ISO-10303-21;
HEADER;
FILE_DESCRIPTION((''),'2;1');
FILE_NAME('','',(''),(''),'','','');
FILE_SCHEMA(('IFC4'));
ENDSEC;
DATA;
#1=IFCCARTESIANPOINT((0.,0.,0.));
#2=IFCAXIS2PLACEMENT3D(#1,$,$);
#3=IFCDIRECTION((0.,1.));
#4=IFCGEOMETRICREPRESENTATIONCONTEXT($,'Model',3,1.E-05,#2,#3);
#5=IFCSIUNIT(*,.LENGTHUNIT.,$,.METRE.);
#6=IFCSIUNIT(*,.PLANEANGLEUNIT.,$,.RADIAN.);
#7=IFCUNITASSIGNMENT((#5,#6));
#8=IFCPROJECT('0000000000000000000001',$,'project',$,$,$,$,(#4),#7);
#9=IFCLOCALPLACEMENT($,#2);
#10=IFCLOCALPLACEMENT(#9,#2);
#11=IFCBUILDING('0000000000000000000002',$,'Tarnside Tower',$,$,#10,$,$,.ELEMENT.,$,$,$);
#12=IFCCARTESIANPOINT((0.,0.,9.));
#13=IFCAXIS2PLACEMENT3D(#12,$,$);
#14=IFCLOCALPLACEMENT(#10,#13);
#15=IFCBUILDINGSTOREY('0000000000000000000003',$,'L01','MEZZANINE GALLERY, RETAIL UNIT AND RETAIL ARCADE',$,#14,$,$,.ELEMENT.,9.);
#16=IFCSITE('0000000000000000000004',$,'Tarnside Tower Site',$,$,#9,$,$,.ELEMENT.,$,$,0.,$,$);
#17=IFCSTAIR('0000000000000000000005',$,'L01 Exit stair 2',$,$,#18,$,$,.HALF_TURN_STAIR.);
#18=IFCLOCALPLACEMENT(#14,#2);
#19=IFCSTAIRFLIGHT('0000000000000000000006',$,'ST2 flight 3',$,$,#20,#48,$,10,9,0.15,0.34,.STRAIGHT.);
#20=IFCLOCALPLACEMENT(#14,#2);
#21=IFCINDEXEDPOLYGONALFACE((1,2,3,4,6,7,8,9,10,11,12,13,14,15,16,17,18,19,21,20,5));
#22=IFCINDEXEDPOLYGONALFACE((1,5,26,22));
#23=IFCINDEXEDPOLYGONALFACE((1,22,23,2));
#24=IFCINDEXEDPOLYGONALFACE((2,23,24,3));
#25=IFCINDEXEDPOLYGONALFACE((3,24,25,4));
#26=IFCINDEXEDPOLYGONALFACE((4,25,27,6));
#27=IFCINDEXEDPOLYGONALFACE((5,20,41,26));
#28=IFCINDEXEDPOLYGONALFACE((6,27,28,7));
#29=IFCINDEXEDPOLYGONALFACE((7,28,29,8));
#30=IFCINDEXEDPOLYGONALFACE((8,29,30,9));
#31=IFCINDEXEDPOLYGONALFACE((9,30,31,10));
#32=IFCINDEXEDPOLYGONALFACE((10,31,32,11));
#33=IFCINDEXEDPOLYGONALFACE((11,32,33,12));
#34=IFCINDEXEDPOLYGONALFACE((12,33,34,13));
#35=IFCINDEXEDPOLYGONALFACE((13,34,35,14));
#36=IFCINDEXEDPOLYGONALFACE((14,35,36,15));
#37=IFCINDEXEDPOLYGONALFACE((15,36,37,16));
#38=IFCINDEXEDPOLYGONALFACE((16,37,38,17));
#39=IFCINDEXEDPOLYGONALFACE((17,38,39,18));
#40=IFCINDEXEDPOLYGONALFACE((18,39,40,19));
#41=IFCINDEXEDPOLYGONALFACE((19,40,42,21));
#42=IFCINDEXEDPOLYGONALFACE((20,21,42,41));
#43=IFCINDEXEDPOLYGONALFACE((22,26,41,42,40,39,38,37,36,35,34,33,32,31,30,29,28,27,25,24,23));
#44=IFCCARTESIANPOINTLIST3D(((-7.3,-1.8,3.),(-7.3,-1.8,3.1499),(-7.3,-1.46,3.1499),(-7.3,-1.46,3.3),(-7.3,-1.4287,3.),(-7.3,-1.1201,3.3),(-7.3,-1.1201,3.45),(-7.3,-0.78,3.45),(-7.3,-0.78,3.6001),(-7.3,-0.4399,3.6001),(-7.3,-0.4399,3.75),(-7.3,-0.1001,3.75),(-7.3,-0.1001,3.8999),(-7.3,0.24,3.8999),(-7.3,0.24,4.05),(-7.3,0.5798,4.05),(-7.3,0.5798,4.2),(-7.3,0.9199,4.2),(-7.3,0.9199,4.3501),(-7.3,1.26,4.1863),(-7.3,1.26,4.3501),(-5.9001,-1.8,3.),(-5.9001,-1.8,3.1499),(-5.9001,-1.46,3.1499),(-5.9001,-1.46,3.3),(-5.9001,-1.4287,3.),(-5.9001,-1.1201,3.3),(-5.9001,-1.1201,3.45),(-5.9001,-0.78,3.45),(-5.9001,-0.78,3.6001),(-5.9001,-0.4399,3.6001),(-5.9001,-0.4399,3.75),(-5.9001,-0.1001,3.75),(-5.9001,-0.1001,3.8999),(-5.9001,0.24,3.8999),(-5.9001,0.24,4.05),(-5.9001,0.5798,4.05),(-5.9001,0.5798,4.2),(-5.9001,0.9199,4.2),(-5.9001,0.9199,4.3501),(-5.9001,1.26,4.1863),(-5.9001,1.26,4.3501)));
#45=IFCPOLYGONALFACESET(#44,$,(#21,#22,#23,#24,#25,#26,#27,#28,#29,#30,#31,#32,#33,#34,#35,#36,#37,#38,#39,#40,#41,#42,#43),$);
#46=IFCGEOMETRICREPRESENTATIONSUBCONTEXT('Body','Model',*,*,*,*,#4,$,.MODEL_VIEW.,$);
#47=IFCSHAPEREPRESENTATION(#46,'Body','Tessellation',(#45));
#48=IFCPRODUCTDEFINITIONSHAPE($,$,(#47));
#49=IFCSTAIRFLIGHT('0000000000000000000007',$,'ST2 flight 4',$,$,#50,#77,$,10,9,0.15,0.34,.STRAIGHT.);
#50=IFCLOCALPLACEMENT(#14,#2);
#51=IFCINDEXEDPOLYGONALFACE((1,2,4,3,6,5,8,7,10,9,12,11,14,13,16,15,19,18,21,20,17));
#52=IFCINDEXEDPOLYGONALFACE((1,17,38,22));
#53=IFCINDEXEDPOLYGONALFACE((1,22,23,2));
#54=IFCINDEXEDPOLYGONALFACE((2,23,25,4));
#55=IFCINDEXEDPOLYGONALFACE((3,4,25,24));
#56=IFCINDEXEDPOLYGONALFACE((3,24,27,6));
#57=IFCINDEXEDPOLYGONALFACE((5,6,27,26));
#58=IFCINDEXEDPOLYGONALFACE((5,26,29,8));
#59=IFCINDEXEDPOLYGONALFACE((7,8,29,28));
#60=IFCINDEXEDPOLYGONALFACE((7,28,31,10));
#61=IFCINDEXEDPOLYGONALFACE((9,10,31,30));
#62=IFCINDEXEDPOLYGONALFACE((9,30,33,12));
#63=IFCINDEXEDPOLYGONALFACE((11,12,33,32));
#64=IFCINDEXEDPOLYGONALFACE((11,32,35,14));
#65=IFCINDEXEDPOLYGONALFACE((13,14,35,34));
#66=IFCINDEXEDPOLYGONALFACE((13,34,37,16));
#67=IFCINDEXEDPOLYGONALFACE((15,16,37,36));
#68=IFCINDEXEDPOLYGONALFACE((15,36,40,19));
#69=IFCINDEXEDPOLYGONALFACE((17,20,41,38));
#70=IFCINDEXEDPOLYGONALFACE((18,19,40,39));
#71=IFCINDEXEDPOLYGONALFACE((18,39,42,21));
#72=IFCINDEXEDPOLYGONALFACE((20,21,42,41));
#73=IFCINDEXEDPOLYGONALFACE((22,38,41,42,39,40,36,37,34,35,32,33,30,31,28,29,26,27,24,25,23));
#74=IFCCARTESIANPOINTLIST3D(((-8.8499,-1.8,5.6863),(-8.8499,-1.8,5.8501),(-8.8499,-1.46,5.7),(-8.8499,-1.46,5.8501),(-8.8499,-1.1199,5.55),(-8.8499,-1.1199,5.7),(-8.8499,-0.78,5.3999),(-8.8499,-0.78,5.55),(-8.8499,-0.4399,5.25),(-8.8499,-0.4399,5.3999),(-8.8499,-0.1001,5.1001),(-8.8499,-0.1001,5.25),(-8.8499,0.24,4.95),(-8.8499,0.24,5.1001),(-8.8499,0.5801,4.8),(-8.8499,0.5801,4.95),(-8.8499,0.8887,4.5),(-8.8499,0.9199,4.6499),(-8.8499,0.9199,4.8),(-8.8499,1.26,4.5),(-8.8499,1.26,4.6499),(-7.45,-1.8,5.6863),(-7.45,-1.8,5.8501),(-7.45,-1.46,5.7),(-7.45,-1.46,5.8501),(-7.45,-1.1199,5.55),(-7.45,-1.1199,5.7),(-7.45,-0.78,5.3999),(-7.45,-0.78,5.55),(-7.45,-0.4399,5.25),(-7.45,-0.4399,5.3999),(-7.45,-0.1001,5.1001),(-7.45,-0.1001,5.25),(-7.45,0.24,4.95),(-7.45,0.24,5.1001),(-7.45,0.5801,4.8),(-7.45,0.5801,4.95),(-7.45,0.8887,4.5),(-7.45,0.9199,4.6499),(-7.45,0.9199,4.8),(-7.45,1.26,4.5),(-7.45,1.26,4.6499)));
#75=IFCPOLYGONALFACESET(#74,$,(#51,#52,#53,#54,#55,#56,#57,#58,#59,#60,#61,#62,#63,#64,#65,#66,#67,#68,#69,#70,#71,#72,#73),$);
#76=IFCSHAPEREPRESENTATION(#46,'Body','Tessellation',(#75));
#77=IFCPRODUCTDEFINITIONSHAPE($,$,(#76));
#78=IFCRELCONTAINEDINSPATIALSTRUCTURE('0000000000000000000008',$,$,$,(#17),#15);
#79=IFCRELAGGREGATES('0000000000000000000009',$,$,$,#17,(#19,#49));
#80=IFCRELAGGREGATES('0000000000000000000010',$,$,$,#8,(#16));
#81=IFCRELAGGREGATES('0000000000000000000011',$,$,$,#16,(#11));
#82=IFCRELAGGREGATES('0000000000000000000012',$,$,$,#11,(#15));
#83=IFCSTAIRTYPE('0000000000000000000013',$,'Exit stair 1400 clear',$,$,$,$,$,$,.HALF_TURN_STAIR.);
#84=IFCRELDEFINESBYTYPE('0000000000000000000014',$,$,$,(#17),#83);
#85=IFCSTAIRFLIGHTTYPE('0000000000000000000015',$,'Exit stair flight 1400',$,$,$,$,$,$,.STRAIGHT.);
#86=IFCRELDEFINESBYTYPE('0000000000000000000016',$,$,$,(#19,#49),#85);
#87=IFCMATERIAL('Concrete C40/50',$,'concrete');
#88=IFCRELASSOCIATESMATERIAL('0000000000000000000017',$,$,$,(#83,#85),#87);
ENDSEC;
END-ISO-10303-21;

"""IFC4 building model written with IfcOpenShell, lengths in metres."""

from ifc_helpers import new_model, si_unit, direction, frame, origin, place, context, subcontext, project, spatial, polyline, outline, extrude, material, type_object, element, aggregate, save


model = new_model("IFC4")

# Units and contexts
model_context = context("Model", 3, precision=1e-05, world=origin(), true_north=direction((0.0, 1.0)))
body_context = subcontext(model_context, "Body", "Model", "MODEL_VIEW")
ifc_project = project(units=[si_unit("LENGTHUNIT", "METRE"), si_unit("PLANEANGLEUNIT", "RADIAN")], contexts=[model_context])

# Site, building, storey
site_placement = place(None, origin())
site = spatial("IfcSite", under=ifc_project, at=site_placement, Name="Tarnside Tower Site", CompositionType="ELEMENT", RefElevation=0.0)
building_placement = place(site_placement, origin())
building = spatial("IfcBuilding", under=site, at=building_placement, Name="Tarnside Tower", CompositionType="ELEMENT")
storey_placement = place(building_placement, frame((0.0, 0.0, 9.0)))
storey = spatial("IfcBuildingStorey", under=building, at=storey_placement, Name="L01", Description="MEZZANINE GALLERY, RETAIL UNIT AND RETAIL ARCADE", CompositionType="ELEMENT", Elevation=9.0)

# Shared definitions
ifc_material_1 = material(Name="Concrete C40/50", Category="concrete")

# Stair
stair_type = type_object("IfcStairType", Name="Exit stair 1400 clear", PredefinedType="HALF_TURN_STAIR", material=ifc_material_1)
stair_1_placement = place(storey_placement, origin())
stair_1 = element("IfcStair", 1, at=stair_1_placement, inside=storey, type_object=stair_type, Name="L01 Exit stair 2", PredefinedType="HALF_TURN_STAIR")

# Stair flights
stair_flight_type = type_object("IfcStairFlightType", Name="Exit stair flight 1400", PredefinedType="STRAIGHT", material=ifc_material_1)
stair_flight_1_placement = place(storey_placement, frame((-6.6001, -1.8, 3.0), z_axis=(0.0, 0.0, 1.0), x_axis=(0.0, 1.0, 0.0)))
stair_flight_1 = element("IfcStairFlight", 2, at=stair_flight_1_placement, type_object=stair_flight_type, Name="ST2 flight 3", NumberOfRisers=10, NumberOfTreads=9, PredefinedType="STRAIGHT", RiserHeight=0.15, TreadLength=0.34, context=body_context, shape_type="SweptSolid", body=[
    extrude(outline(polyline([(0.0, 0.0), (0.0, 0.1499), (0.3401, 0.1499), (0.3401, 0.3), (0.6799, 0.3), (0.6799, 0.45), (1.02, 0.45), (1.02, 0.6001), (1.3601, 0.6001), (1.3601, 0.75), (1.7, 0.75), (1.7, 0.8999), (2.04, 0.8999), (2.04, 1.05), (2.3799, 1.05), (2.3799, 1.2), (2.72, 1.2), (2.72, 1.3501), (3.0601, 1.3501), (3.0601, 1.5), (3.0601, 1.1863), (0.3713, 0.0), (0.0, 0.0)])), frame((0.0, 0.7, 0.0), z_axis=(0.0, -1.0, 0.0), x_axis=(1.0, 0.0, 0.0)), (0.0, 0.0, 1.0), 1.3999),
])
stair_flight_2_placement = place(storey_placement, frame((-8.1499, 1.26, 4.5), z_axis=(0.0, 0.0, 1.0), x_axis=(0.0, -1.0, 0.0)))
stair_flight_2 = element("IfcStairFlight", 3, at=stair_flight_2_placement, type_object=stair_flight_type, Name="ST2 flight 4", NumberOfRisers=10, NumberOfTreads=9, PredefinedType="STRAIGHT", RiserHeight=0.15, TreadLength=0.34, context=body_context, shape_type="SweptSolid", body=[
    extrude(outline(polyline([(0.0, 0.0), (0.0, 0.1499), (0.3401, 0.1499), (0.3401, 0.3), (0.6799, 0.3), (0.6799, 0.45), (1.02, 0.45), (1.02, 0.6001), (1.3601, 0.6001), (1.3601, 0.75), (1.7, 0.75), (1.7, 0.8999), (2.04, 0.8999), (2.04, 1.05), (2.3799, 1.05), (2.3799, 1.2), (2.72, 1.2), (2.72, 1.3501), (3.0601, 1.3501), (3.0601, 1.5), (3.0601, 1.1863), (0.3713, 0.0), (0.0, 0.0)])), frame((0.0, 0.7, 0.0), z_axis=(0.0, -1.0, 0.0), x_axis=(1.0, 0.0, 0.0)), (0.0, 0.0, 1.0), 1.3999),
])
aggregate(stair_1, [stair_flight_1, stair_flight_2])

save(model, "model.ifc")
